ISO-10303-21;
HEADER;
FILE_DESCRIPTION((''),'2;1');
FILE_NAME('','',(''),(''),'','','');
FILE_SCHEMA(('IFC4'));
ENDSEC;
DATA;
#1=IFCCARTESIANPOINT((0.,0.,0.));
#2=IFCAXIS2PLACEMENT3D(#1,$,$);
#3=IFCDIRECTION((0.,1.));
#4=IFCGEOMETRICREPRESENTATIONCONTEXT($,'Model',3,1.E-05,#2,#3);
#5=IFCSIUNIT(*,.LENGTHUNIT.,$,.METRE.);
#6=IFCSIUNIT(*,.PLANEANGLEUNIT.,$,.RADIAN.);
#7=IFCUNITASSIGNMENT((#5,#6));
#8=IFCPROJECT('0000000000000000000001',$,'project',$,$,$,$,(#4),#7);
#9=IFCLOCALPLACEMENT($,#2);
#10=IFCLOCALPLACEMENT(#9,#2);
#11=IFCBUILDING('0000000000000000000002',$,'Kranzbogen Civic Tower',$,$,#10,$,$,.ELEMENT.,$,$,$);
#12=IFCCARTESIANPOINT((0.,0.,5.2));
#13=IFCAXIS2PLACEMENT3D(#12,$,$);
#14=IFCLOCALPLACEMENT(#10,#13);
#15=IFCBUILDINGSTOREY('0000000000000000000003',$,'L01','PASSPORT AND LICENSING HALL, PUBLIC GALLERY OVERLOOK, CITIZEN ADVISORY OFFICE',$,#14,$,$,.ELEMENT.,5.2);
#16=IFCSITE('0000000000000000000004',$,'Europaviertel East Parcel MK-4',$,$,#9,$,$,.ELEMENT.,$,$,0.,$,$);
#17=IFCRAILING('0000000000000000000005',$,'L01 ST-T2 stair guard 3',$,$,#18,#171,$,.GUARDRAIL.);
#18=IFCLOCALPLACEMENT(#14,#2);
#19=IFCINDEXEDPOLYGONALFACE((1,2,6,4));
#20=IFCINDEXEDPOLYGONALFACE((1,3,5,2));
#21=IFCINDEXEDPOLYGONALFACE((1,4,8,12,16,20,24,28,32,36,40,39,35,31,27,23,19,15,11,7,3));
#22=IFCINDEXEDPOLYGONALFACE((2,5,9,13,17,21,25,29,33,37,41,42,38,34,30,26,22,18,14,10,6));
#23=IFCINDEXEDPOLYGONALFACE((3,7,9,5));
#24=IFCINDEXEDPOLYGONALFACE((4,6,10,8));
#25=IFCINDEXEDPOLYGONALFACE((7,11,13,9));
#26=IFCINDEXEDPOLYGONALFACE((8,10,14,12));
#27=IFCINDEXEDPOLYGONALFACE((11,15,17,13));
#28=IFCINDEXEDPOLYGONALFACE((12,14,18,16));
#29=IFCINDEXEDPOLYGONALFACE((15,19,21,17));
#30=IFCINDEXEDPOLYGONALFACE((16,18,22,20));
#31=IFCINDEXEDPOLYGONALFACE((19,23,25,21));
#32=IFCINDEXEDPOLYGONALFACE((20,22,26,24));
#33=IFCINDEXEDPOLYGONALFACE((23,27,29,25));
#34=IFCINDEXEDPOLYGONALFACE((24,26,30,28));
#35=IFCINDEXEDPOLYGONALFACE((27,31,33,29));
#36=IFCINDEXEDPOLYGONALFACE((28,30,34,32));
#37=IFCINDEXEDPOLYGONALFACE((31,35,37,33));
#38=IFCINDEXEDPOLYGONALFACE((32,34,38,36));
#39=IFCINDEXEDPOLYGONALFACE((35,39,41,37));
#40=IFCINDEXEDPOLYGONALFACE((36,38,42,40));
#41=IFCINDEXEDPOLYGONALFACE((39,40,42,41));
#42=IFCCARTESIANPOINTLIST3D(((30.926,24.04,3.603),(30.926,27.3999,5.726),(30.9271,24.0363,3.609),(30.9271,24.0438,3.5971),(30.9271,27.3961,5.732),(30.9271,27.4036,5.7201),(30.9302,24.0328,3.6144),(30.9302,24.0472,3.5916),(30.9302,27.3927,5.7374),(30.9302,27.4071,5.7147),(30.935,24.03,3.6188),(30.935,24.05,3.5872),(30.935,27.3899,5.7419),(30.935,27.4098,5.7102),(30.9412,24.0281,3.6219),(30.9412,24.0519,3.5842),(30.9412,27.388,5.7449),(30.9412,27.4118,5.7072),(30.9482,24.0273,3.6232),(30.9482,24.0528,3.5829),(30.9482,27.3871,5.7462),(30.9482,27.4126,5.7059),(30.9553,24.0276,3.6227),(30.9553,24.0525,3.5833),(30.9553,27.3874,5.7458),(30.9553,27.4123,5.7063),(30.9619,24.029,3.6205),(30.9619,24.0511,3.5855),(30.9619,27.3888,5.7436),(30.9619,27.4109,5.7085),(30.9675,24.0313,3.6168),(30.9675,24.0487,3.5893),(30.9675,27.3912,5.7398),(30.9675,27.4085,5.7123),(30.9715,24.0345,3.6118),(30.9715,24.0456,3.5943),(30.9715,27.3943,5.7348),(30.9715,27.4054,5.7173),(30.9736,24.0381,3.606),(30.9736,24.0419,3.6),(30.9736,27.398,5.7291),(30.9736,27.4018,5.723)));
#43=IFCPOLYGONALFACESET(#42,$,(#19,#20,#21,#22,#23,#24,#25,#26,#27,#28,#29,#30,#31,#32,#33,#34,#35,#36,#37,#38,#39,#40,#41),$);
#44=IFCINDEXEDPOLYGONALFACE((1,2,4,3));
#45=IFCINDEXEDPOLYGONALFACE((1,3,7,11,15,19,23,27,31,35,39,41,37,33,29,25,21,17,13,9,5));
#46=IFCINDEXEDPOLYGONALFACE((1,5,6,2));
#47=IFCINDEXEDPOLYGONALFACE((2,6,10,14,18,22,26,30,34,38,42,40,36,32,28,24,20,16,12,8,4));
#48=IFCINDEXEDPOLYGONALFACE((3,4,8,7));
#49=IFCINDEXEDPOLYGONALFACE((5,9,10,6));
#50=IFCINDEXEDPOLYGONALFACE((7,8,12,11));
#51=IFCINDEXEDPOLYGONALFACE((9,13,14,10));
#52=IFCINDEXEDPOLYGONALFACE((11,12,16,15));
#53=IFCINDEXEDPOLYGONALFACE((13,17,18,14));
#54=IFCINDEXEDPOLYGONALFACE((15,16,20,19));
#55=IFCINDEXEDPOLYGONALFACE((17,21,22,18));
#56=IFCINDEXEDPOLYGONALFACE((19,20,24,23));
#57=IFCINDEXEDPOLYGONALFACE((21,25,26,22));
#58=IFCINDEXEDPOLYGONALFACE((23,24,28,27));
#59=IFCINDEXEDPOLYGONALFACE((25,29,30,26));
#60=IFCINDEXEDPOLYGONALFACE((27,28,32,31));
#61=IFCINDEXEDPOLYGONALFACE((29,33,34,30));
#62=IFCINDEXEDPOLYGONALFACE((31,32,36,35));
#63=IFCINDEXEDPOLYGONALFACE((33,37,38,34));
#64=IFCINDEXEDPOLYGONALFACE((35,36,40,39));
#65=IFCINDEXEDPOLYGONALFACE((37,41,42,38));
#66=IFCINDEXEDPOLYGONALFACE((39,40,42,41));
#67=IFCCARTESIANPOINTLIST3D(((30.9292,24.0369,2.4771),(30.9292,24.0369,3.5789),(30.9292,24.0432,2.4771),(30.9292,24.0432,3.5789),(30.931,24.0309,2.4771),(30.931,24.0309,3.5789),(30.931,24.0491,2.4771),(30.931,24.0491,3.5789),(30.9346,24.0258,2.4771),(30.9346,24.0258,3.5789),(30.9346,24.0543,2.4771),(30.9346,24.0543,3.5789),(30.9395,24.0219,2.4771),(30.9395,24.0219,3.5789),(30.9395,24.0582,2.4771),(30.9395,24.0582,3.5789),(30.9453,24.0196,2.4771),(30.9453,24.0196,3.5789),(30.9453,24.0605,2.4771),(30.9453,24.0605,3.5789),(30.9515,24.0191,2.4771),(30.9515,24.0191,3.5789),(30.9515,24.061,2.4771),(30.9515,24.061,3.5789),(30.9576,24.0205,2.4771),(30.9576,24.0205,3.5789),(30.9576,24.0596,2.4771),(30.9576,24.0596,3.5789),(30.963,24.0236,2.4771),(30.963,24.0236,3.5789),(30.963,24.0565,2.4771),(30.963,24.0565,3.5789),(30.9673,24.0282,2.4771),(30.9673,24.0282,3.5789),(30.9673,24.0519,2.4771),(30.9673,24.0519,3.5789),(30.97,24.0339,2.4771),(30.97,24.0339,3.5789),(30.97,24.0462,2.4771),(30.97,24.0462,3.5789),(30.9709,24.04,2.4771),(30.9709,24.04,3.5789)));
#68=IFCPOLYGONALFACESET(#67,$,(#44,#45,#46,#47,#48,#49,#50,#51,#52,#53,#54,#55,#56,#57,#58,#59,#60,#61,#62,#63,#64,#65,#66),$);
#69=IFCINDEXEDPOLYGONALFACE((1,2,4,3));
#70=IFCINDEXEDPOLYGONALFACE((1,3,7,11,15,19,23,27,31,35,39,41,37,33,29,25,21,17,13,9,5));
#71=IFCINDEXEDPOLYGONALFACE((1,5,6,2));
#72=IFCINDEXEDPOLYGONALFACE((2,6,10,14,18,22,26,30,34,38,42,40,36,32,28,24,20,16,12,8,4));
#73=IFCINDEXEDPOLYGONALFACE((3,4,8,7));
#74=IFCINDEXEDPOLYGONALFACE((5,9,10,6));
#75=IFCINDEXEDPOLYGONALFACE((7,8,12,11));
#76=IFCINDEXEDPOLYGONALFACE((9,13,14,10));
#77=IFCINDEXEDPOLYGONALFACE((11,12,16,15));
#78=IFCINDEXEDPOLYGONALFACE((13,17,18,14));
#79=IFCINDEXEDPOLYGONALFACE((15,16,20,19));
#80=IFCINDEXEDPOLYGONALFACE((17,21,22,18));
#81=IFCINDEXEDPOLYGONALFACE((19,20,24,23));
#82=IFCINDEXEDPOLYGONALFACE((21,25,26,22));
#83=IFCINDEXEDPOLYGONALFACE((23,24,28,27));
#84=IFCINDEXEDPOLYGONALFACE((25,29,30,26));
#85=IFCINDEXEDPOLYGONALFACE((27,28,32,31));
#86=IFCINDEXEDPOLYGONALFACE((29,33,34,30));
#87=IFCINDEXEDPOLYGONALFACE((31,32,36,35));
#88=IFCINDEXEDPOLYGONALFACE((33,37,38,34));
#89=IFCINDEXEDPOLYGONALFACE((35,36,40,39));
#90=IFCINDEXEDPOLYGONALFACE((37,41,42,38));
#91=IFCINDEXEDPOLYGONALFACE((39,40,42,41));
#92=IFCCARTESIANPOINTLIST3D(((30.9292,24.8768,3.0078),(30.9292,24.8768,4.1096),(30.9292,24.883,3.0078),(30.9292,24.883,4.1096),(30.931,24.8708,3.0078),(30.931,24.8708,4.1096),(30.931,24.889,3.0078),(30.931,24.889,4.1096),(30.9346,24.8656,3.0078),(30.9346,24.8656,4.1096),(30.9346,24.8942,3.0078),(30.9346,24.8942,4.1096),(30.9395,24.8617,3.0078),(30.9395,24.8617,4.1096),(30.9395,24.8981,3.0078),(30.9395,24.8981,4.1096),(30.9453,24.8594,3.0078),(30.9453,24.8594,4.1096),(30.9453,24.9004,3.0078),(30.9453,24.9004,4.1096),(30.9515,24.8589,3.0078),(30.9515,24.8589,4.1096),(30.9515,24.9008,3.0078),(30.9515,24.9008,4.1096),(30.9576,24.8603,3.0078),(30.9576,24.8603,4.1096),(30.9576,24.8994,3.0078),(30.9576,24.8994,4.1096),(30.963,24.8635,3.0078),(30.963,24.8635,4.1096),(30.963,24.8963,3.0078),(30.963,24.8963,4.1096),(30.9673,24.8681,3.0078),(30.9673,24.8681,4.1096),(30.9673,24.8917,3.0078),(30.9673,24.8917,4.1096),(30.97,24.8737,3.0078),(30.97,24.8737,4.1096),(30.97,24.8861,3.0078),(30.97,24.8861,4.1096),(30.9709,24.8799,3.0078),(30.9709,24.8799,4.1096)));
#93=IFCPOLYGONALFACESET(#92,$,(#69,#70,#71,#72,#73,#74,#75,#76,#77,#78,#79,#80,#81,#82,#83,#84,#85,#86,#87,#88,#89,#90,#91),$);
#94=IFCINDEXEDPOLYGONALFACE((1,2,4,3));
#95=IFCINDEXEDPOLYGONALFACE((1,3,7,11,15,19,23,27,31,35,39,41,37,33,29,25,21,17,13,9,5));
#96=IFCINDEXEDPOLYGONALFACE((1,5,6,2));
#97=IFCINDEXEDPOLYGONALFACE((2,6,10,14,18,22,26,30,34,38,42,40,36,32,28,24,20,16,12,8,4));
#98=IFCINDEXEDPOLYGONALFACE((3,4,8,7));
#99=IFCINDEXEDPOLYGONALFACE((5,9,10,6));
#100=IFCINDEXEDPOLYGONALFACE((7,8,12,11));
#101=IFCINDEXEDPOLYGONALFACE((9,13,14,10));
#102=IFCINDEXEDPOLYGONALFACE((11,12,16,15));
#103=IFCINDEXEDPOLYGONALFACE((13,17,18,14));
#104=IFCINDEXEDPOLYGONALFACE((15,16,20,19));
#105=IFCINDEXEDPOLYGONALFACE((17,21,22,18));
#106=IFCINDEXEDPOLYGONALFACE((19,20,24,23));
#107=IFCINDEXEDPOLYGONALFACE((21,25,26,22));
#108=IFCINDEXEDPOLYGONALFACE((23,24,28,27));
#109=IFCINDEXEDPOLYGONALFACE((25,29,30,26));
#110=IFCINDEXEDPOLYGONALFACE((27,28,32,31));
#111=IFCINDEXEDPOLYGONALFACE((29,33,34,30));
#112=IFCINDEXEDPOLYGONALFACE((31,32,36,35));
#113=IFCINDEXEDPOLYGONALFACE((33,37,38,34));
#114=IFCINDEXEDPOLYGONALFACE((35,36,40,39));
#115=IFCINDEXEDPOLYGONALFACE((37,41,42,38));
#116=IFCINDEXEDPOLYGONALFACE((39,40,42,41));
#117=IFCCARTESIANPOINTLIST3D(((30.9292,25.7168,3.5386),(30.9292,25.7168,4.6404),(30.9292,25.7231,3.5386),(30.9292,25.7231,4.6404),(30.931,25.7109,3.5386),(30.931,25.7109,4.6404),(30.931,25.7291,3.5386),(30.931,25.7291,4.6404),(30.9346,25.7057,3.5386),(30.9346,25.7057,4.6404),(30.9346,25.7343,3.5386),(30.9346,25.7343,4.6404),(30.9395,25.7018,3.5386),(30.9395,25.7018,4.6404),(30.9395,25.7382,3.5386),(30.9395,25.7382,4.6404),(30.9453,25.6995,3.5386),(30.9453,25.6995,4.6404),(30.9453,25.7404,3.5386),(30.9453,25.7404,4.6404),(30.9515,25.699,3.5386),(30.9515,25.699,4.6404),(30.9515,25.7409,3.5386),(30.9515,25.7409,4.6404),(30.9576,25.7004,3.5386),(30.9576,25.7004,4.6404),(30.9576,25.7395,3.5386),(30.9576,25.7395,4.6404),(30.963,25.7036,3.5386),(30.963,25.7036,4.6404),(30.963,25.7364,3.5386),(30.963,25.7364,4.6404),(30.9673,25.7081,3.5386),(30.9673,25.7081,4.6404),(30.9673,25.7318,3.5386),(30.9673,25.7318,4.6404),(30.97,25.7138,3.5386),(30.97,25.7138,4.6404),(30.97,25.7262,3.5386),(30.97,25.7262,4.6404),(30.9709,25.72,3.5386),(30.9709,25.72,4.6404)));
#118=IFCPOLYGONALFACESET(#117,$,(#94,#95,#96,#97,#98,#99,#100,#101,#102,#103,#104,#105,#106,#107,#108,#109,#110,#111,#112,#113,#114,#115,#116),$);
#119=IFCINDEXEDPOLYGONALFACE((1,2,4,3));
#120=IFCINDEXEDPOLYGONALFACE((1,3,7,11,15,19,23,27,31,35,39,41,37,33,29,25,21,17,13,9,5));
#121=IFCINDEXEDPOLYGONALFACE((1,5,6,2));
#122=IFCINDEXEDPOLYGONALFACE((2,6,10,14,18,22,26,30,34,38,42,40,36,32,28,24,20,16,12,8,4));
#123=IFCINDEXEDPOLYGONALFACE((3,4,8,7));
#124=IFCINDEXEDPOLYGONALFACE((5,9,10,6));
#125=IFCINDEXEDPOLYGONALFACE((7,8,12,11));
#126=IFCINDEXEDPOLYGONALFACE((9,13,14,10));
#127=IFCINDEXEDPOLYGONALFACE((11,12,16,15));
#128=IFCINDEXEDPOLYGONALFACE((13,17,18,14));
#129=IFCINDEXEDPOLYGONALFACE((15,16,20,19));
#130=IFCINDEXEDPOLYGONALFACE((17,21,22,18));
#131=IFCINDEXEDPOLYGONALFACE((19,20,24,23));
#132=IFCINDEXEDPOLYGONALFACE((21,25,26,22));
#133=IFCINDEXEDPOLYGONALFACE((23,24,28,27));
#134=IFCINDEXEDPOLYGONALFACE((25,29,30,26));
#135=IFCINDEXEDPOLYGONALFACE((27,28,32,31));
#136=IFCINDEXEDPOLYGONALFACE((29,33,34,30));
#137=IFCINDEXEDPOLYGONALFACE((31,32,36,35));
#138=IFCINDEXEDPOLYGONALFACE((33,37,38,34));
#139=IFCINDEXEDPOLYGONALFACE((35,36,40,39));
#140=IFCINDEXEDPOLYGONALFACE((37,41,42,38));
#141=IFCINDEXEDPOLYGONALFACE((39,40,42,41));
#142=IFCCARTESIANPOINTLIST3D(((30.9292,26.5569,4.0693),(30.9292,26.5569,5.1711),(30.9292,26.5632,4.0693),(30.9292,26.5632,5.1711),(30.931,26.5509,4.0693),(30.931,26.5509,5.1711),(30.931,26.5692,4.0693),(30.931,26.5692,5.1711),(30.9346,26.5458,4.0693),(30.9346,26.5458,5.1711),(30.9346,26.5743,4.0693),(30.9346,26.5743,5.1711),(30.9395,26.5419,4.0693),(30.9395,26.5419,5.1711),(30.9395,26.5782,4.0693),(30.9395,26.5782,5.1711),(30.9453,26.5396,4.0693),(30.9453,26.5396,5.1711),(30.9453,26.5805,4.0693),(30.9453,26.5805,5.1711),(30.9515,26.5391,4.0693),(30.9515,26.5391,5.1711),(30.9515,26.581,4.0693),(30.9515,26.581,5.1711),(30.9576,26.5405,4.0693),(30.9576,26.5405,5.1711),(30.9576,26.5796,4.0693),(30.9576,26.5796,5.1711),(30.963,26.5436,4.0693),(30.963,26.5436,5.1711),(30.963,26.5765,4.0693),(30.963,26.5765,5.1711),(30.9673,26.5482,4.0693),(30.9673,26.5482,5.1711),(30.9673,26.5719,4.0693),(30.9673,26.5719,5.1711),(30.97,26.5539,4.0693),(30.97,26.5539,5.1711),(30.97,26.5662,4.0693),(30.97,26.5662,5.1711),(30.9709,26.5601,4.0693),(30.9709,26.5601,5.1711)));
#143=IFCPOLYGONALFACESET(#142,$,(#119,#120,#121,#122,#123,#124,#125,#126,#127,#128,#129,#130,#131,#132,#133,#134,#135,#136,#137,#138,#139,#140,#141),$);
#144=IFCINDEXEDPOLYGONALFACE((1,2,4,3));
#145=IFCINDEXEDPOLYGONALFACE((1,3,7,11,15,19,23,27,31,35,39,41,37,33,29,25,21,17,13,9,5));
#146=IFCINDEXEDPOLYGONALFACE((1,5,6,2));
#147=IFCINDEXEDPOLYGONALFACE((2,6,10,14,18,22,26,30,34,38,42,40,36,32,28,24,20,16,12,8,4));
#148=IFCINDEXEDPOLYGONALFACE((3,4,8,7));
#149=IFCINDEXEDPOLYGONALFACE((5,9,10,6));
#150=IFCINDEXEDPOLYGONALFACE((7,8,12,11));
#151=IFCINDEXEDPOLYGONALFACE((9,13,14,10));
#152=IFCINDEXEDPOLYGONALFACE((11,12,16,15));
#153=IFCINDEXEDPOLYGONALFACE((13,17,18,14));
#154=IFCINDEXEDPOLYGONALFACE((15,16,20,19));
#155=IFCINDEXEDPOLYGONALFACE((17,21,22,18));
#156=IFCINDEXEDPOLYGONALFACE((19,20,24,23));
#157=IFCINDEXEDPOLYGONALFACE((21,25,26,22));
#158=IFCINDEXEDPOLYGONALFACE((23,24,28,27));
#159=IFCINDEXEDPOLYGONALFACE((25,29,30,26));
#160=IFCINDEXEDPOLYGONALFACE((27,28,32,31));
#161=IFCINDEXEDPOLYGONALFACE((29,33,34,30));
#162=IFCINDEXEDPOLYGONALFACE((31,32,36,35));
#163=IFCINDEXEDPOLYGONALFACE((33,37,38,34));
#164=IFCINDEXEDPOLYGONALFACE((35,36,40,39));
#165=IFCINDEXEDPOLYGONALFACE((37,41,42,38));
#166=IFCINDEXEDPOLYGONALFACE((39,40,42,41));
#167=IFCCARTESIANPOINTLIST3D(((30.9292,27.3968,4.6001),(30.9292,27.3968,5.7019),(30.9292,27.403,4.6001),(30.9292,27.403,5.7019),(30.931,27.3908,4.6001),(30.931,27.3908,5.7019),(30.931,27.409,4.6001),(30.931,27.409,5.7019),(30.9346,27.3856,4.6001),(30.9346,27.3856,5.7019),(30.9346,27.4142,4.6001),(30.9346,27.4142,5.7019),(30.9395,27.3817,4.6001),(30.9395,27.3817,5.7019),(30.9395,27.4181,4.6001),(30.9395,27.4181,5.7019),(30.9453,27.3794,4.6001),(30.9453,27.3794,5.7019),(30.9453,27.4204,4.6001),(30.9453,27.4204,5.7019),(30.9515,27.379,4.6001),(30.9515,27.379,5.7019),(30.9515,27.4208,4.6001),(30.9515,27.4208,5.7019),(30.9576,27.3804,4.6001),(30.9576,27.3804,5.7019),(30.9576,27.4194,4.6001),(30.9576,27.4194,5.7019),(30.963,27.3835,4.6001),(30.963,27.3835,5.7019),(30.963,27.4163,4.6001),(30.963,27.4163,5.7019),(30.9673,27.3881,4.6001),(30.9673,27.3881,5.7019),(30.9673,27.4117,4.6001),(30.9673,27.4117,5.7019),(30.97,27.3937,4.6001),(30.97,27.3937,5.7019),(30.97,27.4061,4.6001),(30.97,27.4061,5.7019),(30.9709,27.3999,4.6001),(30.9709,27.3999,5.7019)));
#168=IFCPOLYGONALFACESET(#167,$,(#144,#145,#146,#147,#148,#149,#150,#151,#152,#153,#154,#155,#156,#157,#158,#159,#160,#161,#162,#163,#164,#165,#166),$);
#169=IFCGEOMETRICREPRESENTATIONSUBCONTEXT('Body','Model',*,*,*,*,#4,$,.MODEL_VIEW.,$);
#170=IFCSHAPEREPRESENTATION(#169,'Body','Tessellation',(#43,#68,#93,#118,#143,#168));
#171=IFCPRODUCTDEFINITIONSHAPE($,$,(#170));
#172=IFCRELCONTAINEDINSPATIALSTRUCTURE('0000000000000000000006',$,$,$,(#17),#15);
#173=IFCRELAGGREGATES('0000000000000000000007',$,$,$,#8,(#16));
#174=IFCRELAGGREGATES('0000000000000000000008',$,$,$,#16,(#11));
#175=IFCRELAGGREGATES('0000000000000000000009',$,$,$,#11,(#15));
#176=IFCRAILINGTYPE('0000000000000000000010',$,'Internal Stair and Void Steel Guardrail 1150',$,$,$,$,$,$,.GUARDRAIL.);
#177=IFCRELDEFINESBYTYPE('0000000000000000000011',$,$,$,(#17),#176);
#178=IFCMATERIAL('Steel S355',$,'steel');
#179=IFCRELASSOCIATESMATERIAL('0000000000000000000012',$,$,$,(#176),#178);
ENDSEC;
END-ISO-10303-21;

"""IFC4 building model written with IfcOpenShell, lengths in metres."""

from ifc_helpers import new_model, si_unit, direction, frame, origin, origin_2d, place, context, subcontext, project, spatial, circle, extrude, material, type_object, element, save


model = new_model("IFC4")

# Units and contexts
model_context = context("Model", 3, precision=1e-05, world=origin(), true_north=direction((0.0, 1.0)))
body_context = subcontext(model_context, "Body", "Model", "MODEL_VIEW")
ifc_project = project(units=[si_unit("LENGTHUNIT", "METRE"), si_unit("PLANEANGLEUNIT", "RADIAN")], contexts=[model_context])

# Site, building, storey
site_placement = place(None, origin())
site = spatial("IfcSite", under=ifc_project, at=site_placement, Name="Europaviertel East Parcel MK-4", CompositionType="ELEMENT", RefElevation=0.0)
building_placement = place(site_placement, origin())
building = spatial("IfcBuilding", under=site, at=building_placement, Name="Kranzbogen Civic Tower", CompositionType="ELEMENT")
storey_placement = place(building_placement, frame((0.0, 0.0, 5.2)))
storey = spatial("IfcBuildingStorey", under=building, at=storey_placement, Name="L01", Description="PASSPORT AND LICENSING HALL, PUBLIC GALLERY OVERLOOK, CITIZEN ADVISORY OFFICE", CompositionType="ELEMENT", Elevation=5.2)

# Shared definitions
ifc_material_1 = material(Name="Steel S355", Category="steel")

# Railing
railing_type_1 = type_object("IfcRailingType", Name="Internal Stair and Void Steel Guardrail 1150", PredefinedType="GUARDRAIL", material=ifc_material_1)
railing_1_placement = place(storey_placement, frame((30.95, 24.04, 2.4771)))
element("IfcRailing", 1, at=railing_1_placement, inside=storey, type_object=railing_type_1, Name="L01 ST-T2 stair guard 3", PredefinedType="GUARDRAIL", context=body_context, shape_type="SweptSolid", body=[
    extrude(circle(Radius=0.0239, at=origin_2d()), frame((0.0, 0.0, 1.126), z_axis=(0.0, 0.845372, 0.534178), x_axis=(-1.0, 0.0, 0.0)), (0.0, 0.0, 1.0), 3.9744),
    extrude(circle(Radius=0.021, at=origin_2d()), origin(), (0.0, 0.0, 1.0), 1.1018),
    extrude(circle(Radius=0.021, at=origin_2d()), frame((0.0, 0.8398, 0.5308)), (0.0, 0.0, 1.0), 1.1018),
    extrude(circle(Radius=0.021, at=origin_2d()), frame((0.0, 1.6799, 1.0615)), (0.0, 0.0, 1.0), 1.1018),
    extrude(circle(Radius=0.021, at=origin_2d()), frame((0.0, 2.52, 1.5923)), (0.0, 0.0, 1.0), 1.1018),
    extrude(circle(Radius=0.021, at=origin_2d()), frame((0.0, 3.3599, 2.123)), (0.0, 0.0, 1.0), 1.1018),
])

save(model, "model.ifc")
